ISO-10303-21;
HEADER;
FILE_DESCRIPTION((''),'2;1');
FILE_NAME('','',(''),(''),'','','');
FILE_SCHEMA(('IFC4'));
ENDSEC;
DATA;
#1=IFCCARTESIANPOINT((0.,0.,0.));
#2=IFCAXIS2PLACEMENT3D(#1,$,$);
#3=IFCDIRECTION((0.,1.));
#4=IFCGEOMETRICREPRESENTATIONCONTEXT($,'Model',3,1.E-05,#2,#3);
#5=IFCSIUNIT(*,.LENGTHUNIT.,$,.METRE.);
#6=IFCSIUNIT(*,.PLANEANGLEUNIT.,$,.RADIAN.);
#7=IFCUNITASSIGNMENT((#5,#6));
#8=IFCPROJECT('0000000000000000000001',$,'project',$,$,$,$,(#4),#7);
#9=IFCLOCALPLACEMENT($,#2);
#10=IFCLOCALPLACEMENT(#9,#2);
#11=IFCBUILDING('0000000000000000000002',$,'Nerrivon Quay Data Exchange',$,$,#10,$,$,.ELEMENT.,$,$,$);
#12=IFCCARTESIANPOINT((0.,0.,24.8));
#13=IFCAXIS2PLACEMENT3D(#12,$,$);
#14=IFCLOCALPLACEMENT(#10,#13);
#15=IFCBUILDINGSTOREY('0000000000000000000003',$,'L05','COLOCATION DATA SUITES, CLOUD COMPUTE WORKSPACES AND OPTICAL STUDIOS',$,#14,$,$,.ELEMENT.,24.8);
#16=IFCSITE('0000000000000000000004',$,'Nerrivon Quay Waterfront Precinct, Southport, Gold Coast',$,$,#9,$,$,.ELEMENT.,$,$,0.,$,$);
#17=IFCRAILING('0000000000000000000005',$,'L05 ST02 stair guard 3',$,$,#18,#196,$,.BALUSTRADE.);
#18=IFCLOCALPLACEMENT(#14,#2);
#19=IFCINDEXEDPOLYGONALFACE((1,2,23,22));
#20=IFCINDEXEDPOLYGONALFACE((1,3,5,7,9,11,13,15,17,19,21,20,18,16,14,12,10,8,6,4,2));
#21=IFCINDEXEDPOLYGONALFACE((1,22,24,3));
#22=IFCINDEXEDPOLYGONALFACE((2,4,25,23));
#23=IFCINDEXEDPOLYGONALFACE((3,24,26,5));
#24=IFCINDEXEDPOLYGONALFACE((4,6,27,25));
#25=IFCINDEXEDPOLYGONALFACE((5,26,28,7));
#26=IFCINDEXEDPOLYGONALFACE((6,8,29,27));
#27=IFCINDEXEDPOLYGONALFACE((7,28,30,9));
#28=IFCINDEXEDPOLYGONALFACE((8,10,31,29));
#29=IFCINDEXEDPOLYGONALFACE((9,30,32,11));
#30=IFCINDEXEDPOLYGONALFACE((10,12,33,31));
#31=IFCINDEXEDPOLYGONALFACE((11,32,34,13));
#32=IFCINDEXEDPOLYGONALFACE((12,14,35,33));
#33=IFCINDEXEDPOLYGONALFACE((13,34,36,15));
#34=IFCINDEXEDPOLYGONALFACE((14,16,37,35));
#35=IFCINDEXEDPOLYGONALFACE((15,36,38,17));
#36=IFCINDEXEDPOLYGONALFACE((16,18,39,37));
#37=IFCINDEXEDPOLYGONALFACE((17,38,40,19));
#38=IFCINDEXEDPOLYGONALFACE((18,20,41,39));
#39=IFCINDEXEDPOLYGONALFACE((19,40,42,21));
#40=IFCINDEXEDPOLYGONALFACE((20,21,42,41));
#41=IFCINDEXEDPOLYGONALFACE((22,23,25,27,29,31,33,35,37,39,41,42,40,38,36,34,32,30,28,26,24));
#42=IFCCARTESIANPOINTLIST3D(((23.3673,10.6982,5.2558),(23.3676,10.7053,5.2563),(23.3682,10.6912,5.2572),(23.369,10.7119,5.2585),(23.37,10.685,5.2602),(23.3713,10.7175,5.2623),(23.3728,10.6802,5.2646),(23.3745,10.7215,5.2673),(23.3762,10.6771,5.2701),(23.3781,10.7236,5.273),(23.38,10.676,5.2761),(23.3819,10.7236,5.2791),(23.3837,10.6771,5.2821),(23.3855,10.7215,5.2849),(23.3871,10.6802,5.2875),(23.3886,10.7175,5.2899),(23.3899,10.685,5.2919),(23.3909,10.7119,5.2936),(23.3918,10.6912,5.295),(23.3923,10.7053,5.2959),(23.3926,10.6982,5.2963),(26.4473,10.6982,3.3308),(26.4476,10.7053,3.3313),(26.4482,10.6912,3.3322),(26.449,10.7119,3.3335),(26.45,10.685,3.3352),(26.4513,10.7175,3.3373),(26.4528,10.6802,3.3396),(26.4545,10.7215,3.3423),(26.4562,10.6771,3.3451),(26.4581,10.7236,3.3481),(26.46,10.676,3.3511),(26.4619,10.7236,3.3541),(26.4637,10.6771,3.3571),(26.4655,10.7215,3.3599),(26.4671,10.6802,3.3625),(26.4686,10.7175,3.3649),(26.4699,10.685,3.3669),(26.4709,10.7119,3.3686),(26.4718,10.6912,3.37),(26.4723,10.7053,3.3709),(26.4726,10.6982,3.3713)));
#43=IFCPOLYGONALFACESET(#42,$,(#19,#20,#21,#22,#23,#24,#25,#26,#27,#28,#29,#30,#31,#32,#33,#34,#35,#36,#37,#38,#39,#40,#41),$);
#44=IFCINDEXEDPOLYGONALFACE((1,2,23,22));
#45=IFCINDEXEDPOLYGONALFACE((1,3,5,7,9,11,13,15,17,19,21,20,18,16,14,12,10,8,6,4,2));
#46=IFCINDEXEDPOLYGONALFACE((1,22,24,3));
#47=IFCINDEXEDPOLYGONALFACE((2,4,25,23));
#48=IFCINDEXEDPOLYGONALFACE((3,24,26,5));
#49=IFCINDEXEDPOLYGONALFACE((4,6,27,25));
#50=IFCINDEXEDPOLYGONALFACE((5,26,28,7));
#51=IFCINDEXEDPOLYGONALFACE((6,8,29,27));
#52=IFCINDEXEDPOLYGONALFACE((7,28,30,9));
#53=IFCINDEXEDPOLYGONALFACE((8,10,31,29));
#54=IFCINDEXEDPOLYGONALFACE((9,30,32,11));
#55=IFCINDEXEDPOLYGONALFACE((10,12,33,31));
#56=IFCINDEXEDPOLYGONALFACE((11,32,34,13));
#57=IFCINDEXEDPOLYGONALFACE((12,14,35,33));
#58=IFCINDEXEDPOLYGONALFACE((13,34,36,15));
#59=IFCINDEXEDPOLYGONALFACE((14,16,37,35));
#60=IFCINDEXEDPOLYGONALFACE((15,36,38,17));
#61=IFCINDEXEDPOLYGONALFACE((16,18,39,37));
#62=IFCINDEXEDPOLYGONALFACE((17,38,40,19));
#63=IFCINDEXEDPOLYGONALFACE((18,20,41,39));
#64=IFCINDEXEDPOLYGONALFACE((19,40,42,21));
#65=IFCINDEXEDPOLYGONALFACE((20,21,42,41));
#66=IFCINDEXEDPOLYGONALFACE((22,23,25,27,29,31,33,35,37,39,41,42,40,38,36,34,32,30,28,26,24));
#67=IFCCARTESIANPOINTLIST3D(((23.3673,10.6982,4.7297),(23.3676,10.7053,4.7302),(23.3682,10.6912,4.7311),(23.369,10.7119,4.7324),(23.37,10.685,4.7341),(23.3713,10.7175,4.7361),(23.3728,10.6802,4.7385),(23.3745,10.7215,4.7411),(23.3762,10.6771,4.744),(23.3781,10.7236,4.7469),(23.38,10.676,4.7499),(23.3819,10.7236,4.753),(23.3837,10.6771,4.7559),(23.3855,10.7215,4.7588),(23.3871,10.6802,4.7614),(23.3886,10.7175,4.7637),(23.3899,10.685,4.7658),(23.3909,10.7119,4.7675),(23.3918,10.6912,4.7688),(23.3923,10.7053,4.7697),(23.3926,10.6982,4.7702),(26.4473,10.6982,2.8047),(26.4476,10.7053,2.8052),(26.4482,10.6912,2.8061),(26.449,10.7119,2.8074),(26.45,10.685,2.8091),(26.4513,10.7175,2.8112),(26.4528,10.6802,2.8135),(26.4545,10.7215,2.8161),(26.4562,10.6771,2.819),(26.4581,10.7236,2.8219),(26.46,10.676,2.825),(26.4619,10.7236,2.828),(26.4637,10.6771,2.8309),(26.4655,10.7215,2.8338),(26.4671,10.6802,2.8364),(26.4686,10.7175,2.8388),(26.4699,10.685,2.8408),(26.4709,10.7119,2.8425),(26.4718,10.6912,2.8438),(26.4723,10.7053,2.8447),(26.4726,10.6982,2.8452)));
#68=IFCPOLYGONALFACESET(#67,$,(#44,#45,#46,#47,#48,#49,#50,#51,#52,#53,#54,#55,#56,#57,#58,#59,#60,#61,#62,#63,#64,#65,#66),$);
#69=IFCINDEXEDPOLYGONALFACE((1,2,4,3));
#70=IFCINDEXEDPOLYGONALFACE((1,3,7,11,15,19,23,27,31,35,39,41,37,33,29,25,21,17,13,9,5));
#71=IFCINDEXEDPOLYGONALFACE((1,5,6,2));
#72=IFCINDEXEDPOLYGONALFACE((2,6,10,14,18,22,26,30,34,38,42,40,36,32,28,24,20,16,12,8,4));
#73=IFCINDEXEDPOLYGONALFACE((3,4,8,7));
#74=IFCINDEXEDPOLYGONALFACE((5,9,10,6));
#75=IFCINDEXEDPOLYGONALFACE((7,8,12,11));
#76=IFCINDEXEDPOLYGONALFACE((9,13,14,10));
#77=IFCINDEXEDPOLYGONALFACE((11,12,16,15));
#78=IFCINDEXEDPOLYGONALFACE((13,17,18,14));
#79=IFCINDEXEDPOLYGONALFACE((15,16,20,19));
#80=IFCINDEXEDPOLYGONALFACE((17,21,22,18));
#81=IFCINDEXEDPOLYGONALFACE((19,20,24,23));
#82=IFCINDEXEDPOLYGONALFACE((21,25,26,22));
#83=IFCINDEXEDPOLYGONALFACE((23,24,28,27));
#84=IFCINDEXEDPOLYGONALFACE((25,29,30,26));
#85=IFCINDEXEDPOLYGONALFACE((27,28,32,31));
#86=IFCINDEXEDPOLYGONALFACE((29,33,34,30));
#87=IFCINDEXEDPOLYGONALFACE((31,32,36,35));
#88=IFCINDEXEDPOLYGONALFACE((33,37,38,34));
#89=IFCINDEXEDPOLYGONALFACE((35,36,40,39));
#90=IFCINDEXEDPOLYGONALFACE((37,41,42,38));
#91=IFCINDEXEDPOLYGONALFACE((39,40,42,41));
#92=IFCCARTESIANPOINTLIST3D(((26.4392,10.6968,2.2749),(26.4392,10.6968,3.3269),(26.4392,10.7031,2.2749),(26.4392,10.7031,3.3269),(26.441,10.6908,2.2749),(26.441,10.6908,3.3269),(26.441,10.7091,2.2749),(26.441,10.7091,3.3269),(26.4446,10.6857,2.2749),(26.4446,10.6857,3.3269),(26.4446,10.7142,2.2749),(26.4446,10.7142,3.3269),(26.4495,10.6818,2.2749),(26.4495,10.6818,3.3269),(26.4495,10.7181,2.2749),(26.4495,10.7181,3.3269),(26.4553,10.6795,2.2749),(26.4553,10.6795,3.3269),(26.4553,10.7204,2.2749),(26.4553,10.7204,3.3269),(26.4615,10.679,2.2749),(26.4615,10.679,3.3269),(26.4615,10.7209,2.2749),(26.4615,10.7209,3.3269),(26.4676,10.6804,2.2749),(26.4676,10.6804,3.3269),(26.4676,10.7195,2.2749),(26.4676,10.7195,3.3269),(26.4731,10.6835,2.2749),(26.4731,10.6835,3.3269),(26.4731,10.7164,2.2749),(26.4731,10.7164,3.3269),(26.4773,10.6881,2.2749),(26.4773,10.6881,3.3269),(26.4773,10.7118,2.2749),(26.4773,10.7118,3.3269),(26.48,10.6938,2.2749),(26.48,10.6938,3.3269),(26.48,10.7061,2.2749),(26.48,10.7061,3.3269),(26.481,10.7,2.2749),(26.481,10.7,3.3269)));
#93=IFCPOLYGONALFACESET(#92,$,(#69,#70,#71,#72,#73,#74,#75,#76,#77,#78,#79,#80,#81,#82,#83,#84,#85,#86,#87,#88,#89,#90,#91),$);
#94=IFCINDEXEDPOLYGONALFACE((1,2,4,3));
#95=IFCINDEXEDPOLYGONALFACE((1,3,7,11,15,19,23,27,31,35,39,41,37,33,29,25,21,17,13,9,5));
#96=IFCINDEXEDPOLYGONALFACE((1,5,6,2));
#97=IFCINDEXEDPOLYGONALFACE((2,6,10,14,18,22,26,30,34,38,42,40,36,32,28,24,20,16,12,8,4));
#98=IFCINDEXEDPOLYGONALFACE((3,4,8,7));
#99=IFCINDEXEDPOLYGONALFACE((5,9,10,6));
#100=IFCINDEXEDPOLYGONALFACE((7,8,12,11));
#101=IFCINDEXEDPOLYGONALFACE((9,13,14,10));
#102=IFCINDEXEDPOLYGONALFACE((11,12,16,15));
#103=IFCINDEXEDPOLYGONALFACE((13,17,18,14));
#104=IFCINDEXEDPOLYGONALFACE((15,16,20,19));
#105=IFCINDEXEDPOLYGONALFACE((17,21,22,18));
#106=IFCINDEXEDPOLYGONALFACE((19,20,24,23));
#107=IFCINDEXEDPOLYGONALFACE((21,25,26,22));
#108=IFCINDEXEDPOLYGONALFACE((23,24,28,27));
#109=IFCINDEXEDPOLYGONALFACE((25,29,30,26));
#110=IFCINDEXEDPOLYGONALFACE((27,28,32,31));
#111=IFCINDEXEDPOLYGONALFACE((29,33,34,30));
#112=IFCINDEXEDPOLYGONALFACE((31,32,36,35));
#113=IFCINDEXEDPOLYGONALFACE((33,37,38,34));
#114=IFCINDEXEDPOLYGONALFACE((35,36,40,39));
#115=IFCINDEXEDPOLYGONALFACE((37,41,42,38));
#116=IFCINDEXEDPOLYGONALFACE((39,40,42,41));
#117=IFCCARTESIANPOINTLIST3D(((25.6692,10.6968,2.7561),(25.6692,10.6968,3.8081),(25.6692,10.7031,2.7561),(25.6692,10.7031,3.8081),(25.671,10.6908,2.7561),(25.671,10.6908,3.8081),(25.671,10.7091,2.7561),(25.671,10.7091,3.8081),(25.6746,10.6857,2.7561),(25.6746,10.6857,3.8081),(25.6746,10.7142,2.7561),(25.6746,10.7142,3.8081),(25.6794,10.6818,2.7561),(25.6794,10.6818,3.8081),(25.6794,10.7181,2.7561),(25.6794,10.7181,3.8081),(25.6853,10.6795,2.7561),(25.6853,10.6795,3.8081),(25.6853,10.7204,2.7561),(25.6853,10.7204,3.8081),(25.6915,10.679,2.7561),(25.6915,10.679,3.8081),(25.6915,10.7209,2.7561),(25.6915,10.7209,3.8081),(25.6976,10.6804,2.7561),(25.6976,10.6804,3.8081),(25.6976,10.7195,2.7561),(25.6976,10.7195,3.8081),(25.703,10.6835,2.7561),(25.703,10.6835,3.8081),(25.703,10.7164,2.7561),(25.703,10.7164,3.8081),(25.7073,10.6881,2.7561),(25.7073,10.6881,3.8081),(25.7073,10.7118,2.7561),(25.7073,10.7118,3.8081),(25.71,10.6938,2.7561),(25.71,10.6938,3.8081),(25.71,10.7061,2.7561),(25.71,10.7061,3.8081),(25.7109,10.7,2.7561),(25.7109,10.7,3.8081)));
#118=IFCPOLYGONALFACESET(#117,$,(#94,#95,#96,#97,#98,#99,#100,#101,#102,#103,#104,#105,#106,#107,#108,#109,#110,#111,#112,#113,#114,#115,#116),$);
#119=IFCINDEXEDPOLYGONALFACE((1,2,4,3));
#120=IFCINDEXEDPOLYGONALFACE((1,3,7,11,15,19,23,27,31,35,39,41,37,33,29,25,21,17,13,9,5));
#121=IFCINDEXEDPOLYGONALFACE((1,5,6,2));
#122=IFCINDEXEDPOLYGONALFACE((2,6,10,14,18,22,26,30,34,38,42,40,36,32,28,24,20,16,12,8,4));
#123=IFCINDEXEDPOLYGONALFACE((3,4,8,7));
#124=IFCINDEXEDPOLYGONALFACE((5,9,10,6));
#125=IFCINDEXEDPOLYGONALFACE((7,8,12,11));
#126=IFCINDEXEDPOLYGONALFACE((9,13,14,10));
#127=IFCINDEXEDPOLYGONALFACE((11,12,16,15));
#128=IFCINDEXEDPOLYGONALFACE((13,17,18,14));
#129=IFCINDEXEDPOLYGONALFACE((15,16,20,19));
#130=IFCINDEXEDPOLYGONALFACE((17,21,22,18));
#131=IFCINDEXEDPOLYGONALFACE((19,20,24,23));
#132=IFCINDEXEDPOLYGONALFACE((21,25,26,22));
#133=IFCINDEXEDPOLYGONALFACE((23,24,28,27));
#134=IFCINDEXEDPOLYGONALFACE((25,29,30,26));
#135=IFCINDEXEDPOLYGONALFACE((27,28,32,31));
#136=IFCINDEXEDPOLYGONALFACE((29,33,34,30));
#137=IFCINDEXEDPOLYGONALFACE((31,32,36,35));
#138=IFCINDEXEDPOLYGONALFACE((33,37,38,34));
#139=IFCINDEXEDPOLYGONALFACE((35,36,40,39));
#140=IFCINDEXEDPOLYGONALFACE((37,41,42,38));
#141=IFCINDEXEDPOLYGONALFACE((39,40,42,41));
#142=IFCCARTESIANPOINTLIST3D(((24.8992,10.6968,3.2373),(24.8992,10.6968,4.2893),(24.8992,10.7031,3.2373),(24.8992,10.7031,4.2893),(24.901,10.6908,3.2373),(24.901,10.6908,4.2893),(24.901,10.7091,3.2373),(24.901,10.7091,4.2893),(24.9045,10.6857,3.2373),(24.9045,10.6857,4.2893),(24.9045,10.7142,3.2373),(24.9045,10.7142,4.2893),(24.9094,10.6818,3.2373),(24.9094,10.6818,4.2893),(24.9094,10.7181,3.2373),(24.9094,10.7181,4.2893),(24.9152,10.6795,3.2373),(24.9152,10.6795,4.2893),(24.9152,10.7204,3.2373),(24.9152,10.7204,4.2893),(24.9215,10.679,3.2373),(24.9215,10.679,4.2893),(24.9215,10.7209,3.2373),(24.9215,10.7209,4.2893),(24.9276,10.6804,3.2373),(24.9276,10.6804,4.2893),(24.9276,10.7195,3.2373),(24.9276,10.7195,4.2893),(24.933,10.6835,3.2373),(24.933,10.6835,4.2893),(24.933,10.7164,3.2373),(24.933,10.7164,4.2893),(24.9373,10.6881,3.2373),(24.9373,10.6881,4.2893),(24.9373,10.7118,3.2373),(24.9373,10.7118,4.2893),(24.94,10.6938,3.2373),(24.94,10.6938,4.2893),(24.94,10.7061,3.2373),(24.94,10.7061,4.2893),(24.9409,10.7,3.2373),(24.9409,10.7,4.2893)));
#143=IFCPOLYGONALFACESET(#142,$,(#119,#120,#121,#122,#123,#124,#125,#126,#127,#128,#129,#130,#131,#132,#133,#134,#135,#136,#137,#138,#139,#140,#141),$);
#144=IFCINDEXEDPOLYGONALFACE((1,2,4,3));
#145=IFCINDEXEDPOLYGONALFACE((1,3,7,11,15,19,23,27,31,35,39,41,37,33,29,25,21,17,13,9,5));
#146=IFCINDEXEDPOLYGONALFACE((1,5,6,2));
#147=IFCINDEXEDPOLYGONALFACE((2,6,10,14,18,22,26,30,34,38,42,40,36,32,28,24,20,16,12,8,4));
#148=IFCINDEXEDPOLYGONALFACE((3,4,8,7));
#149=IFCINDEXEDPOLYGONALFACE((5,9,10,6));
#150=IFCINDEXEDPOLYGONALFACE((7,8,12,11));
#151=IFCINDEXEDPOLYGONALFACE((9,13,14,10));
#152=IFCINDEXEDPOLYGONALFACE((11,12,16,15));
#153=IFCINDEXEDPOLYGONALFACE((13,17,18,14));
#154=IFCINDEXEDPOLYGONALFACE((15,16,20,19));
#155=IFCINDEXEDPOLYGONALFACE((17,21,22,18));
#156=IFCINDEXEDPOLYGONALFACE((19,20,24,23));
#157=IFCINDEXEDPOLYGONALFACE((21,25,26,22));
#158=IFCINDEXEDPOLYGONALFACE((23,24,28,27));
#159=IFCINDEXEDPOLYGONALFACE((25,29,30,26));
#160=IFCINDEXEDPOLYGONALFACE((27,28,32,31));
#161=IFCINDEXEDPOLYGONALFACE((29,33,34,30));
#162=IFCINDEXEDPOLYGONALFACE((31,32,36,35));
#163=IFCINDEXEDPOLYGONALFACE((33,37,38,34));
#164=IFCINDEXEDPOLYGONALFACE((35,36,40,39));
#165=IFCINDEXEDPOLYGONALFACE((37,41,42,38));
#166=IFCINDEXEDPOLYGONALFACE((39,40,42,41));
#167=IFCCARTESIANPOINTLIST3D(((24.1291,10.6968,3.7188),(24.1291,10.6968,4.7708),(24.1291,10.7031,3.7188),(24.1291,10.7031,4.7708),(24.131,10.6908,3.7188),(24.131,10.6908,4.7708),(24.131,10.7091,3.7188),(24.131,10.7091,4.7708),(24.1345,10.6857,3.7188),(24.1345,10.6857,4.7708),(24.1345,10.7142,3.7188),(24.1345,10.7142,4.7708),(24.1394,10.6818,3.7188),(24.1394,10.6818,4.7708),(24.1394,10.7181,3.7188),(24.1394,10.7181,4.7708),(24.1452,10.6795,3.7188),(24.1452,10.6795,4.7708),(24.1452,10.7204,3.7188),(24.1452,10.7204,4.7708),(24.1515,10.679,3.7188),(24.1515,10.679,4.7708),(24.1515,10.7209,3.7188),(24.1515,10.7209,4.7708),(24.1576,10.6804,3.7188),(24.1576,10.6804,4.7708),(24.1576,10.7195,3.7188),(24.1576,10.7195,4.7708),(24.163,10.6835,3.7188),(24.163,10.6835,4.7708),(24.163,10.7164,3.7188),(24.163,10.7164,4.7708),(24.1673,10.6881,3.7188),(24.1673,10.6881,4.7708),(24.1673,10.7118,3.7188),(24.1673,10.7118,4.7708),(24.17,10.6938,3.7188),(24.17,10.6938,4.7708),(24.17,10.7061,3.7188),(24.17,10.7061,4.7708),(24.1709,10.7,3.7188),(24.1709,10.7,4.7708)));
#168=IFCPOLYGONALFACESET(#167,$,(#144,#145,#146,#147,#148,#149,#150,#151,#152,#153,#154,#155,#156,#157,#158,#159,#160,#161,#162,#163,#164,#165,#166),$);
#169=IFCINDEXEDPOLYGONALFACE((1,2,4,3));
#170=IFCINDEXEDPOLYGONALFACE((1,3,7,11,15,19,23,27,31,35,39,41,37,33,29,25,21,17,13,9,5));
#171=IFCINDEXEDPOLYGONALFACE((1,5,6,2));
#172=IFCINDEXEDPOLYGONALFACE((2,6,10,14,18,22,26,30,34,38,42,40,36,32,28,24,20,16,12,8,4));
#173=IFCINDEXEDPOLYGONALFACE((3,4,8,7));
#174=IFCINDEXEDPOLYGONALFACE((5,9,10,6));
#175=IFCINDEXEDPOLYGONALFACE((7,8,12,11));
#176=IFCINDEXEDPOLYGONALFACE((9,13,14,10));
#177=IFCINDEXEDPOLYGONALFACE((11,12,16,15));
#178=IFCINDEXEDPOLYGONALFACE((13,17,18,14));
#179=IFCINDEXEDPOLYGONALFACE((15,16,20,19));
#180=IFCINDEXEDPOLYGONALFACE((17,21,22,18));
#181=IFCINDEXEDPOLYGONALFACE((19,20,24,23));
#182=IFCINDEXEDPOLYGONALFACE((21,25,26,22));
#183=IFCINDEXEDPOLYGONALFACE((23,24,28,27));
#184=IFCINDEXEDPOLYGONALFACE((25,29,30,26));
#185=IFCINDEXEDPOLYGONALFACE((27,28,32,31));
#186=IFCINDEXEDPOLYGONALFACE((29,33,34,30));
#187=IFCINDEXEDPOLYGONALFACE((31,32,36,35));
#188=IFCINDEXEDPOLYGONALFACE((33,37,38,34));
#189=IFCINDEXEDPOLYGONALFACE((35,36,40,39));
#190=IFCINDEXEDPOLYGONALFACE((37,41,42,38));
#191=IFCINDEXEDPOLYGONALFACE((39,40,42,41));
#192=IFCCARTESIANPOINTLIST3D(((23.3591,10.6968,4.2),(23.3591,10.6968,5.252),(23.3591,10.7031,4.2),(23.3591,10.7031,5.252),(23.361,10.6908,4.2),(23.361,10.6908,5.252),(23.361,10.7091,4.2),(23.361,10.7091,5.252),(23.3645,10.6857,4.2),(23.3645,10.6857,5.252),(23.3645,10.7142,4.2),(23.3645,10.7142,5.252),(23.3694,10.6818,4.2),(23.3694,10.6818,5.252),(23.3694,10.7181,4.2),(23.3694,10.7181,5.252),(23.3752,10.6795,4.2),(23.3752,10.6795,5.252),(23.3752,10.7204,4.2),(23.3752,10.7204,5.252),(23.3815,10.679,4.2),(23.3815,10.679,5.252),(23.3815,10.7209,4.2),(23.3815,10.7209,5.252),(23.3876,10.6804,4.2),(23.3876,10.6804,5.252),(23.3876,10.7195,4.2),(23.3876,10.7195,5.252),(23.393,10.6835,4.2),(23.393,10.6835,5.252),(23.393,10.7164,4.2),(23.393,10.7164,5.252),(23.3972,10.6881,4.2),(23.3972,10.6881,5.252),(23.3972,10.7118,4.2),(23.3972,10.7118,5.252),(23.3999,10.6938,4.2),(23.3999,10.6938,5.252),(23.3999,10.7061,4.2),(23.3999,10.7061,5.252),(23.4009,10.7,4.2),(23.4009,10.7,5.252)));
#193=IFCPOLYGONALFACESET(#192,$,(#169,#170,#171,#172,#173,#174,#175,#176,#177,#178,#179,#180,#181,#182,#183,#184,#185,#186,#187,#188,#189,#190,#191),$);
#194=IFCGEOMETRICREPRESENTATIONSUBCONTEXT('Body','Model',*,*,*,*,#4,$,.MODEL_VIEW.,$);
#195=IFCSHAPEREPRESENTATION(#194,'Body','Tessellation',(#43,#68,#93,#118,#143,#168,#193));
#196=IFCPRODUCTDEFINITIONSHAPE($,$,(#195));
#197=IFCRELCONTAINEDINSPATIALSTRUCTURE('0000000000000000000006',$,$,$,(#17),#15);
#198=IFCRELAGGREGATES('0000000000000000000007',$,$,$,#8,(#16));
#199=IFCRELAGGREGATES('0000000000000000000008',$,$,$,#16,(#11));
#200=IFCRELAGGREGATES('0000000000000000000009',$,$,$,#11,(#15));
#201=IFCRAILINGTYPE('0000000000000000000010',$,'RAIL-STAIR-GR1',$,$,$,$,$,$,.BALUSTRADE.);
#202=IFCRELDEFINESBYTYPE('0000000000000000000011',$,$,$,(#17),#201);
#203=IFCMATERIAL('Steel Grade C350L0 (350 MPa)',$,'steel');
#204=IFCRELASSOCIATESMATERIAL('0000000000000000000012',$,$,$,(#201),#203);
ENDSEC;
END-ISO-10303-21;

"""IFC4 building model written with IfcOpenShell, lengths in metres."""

from ifc_helpers import new_model, si_unit, direction, frame, origin, origin_2d, place, context, subcontext, project, spatial, circle, extrude, material, type_object, element, save


model = new_model("IFC4")

# Units and contexts
model_context = context("Model", 3, precision=1e-05, world=origin(), true_north=direction((0.0, 1.0)))
body_context = subcontext(model_context, "Body", "Model", "MODEL_VIEW")
ifc_project = project(units=[si_unit("LENGTHUNIT", "METRE"), si_unit("PLANEANGLEUNIT", "RADIAN")], contexts=[model_context])

# Site, building, storey
site_placement = place(None, origin())
site = spatial("IfcSite", under=ifc_project, at=site_placement, Name="Nerrivon Quay Waterfront Precinct, Southport, Gold Coast", CompositionType="ELEMENT", RefElevation=0.0)
building_placement = place(site_placement, origin())
building = spatial("IfcBuilding", under=site, at=building_placement, Name="Nerrivon Quay Data Exchange", CompositionType="ELEMENT")
storey_placement = place(building_placement, frame((0.0, 0.0, 24.8)))
storey = spatial("IfcBuildingStorey", under=building, at=storey_placement, Name="L05", Description="COLOCATION DATA SUITES, CLOUD COMPUTE WORKSPACES AND OPTICAL STUDIOS", CompositionType="ELEMENT", Elevation=24.8)

# Railing
ifc_material_1 = material(Name="Steel Grade C350L0 (350 MPa)", Category="steel")
railing_type_1 = type_object("IfcRailingType", Name="RAIL-STAIR-GR1", PredefinedType="BALUSTRADE", material=ifc_material_1)
railing_1_placement = place(storey_placement, frame((26.46, 10.7, 2.2749)))
element("IfcRailing", 1, at=railing_1_placement, inside=storey, type_object=railing_type_1, Name="L05 ST02 stair guard 3", PredefinedType="BALUSTRADE", context=body_context, shape_type="SweptSolid", body=[
    extrude(circle(Radius=0.0239, at=origin_2d()), frame((0.0, 0.0, 1.0762), z_axis=(-0.847998, 0.0, 0.529999), x_axis=(0.0, -1.0, 0.0)), (0.0, 0.0, 1.0), 3.6321),
    extrude(circle(Radius=0.0239, at=origin_2d()), frame((0.0, 0.0, 0.55), z_axis=(-0.847998, 0.0, 0.529999), x_axis=(0.0, -1.0, 0.0)), (0.0, 0.0, 1.0), 3.6321),
    extrude(circle(Radius=0.021, at=origin_2d()), origin(), (0.0, 0.0, 1.0), 1.052),
    extrude(circle(Radius=0.021, at=origin_2d()), frame((-0.77, 0.0, 0.4812)), (0.0, 0.0, 1.0), 1.052),
    extrude(circle(Radius=0.021, at=origin_2d()), frame((-1.54, 0.0, 0.9624)), (0.0, 0.0, 1.0), 1.052),
    extrude(circle(Radius=0.021, at=origin_2d()), frame((-2.3101, 0.0, 1.4438)), (0.0, 0.0, 1.0), 1.052),
    extrude(circle(Radius=0.021, at=origin_2d()), frame((-3.0801, 0.0, 1.925)), (0.0, 0.0, 1.0), 1.052),
])

save(model, "model.ifc")
